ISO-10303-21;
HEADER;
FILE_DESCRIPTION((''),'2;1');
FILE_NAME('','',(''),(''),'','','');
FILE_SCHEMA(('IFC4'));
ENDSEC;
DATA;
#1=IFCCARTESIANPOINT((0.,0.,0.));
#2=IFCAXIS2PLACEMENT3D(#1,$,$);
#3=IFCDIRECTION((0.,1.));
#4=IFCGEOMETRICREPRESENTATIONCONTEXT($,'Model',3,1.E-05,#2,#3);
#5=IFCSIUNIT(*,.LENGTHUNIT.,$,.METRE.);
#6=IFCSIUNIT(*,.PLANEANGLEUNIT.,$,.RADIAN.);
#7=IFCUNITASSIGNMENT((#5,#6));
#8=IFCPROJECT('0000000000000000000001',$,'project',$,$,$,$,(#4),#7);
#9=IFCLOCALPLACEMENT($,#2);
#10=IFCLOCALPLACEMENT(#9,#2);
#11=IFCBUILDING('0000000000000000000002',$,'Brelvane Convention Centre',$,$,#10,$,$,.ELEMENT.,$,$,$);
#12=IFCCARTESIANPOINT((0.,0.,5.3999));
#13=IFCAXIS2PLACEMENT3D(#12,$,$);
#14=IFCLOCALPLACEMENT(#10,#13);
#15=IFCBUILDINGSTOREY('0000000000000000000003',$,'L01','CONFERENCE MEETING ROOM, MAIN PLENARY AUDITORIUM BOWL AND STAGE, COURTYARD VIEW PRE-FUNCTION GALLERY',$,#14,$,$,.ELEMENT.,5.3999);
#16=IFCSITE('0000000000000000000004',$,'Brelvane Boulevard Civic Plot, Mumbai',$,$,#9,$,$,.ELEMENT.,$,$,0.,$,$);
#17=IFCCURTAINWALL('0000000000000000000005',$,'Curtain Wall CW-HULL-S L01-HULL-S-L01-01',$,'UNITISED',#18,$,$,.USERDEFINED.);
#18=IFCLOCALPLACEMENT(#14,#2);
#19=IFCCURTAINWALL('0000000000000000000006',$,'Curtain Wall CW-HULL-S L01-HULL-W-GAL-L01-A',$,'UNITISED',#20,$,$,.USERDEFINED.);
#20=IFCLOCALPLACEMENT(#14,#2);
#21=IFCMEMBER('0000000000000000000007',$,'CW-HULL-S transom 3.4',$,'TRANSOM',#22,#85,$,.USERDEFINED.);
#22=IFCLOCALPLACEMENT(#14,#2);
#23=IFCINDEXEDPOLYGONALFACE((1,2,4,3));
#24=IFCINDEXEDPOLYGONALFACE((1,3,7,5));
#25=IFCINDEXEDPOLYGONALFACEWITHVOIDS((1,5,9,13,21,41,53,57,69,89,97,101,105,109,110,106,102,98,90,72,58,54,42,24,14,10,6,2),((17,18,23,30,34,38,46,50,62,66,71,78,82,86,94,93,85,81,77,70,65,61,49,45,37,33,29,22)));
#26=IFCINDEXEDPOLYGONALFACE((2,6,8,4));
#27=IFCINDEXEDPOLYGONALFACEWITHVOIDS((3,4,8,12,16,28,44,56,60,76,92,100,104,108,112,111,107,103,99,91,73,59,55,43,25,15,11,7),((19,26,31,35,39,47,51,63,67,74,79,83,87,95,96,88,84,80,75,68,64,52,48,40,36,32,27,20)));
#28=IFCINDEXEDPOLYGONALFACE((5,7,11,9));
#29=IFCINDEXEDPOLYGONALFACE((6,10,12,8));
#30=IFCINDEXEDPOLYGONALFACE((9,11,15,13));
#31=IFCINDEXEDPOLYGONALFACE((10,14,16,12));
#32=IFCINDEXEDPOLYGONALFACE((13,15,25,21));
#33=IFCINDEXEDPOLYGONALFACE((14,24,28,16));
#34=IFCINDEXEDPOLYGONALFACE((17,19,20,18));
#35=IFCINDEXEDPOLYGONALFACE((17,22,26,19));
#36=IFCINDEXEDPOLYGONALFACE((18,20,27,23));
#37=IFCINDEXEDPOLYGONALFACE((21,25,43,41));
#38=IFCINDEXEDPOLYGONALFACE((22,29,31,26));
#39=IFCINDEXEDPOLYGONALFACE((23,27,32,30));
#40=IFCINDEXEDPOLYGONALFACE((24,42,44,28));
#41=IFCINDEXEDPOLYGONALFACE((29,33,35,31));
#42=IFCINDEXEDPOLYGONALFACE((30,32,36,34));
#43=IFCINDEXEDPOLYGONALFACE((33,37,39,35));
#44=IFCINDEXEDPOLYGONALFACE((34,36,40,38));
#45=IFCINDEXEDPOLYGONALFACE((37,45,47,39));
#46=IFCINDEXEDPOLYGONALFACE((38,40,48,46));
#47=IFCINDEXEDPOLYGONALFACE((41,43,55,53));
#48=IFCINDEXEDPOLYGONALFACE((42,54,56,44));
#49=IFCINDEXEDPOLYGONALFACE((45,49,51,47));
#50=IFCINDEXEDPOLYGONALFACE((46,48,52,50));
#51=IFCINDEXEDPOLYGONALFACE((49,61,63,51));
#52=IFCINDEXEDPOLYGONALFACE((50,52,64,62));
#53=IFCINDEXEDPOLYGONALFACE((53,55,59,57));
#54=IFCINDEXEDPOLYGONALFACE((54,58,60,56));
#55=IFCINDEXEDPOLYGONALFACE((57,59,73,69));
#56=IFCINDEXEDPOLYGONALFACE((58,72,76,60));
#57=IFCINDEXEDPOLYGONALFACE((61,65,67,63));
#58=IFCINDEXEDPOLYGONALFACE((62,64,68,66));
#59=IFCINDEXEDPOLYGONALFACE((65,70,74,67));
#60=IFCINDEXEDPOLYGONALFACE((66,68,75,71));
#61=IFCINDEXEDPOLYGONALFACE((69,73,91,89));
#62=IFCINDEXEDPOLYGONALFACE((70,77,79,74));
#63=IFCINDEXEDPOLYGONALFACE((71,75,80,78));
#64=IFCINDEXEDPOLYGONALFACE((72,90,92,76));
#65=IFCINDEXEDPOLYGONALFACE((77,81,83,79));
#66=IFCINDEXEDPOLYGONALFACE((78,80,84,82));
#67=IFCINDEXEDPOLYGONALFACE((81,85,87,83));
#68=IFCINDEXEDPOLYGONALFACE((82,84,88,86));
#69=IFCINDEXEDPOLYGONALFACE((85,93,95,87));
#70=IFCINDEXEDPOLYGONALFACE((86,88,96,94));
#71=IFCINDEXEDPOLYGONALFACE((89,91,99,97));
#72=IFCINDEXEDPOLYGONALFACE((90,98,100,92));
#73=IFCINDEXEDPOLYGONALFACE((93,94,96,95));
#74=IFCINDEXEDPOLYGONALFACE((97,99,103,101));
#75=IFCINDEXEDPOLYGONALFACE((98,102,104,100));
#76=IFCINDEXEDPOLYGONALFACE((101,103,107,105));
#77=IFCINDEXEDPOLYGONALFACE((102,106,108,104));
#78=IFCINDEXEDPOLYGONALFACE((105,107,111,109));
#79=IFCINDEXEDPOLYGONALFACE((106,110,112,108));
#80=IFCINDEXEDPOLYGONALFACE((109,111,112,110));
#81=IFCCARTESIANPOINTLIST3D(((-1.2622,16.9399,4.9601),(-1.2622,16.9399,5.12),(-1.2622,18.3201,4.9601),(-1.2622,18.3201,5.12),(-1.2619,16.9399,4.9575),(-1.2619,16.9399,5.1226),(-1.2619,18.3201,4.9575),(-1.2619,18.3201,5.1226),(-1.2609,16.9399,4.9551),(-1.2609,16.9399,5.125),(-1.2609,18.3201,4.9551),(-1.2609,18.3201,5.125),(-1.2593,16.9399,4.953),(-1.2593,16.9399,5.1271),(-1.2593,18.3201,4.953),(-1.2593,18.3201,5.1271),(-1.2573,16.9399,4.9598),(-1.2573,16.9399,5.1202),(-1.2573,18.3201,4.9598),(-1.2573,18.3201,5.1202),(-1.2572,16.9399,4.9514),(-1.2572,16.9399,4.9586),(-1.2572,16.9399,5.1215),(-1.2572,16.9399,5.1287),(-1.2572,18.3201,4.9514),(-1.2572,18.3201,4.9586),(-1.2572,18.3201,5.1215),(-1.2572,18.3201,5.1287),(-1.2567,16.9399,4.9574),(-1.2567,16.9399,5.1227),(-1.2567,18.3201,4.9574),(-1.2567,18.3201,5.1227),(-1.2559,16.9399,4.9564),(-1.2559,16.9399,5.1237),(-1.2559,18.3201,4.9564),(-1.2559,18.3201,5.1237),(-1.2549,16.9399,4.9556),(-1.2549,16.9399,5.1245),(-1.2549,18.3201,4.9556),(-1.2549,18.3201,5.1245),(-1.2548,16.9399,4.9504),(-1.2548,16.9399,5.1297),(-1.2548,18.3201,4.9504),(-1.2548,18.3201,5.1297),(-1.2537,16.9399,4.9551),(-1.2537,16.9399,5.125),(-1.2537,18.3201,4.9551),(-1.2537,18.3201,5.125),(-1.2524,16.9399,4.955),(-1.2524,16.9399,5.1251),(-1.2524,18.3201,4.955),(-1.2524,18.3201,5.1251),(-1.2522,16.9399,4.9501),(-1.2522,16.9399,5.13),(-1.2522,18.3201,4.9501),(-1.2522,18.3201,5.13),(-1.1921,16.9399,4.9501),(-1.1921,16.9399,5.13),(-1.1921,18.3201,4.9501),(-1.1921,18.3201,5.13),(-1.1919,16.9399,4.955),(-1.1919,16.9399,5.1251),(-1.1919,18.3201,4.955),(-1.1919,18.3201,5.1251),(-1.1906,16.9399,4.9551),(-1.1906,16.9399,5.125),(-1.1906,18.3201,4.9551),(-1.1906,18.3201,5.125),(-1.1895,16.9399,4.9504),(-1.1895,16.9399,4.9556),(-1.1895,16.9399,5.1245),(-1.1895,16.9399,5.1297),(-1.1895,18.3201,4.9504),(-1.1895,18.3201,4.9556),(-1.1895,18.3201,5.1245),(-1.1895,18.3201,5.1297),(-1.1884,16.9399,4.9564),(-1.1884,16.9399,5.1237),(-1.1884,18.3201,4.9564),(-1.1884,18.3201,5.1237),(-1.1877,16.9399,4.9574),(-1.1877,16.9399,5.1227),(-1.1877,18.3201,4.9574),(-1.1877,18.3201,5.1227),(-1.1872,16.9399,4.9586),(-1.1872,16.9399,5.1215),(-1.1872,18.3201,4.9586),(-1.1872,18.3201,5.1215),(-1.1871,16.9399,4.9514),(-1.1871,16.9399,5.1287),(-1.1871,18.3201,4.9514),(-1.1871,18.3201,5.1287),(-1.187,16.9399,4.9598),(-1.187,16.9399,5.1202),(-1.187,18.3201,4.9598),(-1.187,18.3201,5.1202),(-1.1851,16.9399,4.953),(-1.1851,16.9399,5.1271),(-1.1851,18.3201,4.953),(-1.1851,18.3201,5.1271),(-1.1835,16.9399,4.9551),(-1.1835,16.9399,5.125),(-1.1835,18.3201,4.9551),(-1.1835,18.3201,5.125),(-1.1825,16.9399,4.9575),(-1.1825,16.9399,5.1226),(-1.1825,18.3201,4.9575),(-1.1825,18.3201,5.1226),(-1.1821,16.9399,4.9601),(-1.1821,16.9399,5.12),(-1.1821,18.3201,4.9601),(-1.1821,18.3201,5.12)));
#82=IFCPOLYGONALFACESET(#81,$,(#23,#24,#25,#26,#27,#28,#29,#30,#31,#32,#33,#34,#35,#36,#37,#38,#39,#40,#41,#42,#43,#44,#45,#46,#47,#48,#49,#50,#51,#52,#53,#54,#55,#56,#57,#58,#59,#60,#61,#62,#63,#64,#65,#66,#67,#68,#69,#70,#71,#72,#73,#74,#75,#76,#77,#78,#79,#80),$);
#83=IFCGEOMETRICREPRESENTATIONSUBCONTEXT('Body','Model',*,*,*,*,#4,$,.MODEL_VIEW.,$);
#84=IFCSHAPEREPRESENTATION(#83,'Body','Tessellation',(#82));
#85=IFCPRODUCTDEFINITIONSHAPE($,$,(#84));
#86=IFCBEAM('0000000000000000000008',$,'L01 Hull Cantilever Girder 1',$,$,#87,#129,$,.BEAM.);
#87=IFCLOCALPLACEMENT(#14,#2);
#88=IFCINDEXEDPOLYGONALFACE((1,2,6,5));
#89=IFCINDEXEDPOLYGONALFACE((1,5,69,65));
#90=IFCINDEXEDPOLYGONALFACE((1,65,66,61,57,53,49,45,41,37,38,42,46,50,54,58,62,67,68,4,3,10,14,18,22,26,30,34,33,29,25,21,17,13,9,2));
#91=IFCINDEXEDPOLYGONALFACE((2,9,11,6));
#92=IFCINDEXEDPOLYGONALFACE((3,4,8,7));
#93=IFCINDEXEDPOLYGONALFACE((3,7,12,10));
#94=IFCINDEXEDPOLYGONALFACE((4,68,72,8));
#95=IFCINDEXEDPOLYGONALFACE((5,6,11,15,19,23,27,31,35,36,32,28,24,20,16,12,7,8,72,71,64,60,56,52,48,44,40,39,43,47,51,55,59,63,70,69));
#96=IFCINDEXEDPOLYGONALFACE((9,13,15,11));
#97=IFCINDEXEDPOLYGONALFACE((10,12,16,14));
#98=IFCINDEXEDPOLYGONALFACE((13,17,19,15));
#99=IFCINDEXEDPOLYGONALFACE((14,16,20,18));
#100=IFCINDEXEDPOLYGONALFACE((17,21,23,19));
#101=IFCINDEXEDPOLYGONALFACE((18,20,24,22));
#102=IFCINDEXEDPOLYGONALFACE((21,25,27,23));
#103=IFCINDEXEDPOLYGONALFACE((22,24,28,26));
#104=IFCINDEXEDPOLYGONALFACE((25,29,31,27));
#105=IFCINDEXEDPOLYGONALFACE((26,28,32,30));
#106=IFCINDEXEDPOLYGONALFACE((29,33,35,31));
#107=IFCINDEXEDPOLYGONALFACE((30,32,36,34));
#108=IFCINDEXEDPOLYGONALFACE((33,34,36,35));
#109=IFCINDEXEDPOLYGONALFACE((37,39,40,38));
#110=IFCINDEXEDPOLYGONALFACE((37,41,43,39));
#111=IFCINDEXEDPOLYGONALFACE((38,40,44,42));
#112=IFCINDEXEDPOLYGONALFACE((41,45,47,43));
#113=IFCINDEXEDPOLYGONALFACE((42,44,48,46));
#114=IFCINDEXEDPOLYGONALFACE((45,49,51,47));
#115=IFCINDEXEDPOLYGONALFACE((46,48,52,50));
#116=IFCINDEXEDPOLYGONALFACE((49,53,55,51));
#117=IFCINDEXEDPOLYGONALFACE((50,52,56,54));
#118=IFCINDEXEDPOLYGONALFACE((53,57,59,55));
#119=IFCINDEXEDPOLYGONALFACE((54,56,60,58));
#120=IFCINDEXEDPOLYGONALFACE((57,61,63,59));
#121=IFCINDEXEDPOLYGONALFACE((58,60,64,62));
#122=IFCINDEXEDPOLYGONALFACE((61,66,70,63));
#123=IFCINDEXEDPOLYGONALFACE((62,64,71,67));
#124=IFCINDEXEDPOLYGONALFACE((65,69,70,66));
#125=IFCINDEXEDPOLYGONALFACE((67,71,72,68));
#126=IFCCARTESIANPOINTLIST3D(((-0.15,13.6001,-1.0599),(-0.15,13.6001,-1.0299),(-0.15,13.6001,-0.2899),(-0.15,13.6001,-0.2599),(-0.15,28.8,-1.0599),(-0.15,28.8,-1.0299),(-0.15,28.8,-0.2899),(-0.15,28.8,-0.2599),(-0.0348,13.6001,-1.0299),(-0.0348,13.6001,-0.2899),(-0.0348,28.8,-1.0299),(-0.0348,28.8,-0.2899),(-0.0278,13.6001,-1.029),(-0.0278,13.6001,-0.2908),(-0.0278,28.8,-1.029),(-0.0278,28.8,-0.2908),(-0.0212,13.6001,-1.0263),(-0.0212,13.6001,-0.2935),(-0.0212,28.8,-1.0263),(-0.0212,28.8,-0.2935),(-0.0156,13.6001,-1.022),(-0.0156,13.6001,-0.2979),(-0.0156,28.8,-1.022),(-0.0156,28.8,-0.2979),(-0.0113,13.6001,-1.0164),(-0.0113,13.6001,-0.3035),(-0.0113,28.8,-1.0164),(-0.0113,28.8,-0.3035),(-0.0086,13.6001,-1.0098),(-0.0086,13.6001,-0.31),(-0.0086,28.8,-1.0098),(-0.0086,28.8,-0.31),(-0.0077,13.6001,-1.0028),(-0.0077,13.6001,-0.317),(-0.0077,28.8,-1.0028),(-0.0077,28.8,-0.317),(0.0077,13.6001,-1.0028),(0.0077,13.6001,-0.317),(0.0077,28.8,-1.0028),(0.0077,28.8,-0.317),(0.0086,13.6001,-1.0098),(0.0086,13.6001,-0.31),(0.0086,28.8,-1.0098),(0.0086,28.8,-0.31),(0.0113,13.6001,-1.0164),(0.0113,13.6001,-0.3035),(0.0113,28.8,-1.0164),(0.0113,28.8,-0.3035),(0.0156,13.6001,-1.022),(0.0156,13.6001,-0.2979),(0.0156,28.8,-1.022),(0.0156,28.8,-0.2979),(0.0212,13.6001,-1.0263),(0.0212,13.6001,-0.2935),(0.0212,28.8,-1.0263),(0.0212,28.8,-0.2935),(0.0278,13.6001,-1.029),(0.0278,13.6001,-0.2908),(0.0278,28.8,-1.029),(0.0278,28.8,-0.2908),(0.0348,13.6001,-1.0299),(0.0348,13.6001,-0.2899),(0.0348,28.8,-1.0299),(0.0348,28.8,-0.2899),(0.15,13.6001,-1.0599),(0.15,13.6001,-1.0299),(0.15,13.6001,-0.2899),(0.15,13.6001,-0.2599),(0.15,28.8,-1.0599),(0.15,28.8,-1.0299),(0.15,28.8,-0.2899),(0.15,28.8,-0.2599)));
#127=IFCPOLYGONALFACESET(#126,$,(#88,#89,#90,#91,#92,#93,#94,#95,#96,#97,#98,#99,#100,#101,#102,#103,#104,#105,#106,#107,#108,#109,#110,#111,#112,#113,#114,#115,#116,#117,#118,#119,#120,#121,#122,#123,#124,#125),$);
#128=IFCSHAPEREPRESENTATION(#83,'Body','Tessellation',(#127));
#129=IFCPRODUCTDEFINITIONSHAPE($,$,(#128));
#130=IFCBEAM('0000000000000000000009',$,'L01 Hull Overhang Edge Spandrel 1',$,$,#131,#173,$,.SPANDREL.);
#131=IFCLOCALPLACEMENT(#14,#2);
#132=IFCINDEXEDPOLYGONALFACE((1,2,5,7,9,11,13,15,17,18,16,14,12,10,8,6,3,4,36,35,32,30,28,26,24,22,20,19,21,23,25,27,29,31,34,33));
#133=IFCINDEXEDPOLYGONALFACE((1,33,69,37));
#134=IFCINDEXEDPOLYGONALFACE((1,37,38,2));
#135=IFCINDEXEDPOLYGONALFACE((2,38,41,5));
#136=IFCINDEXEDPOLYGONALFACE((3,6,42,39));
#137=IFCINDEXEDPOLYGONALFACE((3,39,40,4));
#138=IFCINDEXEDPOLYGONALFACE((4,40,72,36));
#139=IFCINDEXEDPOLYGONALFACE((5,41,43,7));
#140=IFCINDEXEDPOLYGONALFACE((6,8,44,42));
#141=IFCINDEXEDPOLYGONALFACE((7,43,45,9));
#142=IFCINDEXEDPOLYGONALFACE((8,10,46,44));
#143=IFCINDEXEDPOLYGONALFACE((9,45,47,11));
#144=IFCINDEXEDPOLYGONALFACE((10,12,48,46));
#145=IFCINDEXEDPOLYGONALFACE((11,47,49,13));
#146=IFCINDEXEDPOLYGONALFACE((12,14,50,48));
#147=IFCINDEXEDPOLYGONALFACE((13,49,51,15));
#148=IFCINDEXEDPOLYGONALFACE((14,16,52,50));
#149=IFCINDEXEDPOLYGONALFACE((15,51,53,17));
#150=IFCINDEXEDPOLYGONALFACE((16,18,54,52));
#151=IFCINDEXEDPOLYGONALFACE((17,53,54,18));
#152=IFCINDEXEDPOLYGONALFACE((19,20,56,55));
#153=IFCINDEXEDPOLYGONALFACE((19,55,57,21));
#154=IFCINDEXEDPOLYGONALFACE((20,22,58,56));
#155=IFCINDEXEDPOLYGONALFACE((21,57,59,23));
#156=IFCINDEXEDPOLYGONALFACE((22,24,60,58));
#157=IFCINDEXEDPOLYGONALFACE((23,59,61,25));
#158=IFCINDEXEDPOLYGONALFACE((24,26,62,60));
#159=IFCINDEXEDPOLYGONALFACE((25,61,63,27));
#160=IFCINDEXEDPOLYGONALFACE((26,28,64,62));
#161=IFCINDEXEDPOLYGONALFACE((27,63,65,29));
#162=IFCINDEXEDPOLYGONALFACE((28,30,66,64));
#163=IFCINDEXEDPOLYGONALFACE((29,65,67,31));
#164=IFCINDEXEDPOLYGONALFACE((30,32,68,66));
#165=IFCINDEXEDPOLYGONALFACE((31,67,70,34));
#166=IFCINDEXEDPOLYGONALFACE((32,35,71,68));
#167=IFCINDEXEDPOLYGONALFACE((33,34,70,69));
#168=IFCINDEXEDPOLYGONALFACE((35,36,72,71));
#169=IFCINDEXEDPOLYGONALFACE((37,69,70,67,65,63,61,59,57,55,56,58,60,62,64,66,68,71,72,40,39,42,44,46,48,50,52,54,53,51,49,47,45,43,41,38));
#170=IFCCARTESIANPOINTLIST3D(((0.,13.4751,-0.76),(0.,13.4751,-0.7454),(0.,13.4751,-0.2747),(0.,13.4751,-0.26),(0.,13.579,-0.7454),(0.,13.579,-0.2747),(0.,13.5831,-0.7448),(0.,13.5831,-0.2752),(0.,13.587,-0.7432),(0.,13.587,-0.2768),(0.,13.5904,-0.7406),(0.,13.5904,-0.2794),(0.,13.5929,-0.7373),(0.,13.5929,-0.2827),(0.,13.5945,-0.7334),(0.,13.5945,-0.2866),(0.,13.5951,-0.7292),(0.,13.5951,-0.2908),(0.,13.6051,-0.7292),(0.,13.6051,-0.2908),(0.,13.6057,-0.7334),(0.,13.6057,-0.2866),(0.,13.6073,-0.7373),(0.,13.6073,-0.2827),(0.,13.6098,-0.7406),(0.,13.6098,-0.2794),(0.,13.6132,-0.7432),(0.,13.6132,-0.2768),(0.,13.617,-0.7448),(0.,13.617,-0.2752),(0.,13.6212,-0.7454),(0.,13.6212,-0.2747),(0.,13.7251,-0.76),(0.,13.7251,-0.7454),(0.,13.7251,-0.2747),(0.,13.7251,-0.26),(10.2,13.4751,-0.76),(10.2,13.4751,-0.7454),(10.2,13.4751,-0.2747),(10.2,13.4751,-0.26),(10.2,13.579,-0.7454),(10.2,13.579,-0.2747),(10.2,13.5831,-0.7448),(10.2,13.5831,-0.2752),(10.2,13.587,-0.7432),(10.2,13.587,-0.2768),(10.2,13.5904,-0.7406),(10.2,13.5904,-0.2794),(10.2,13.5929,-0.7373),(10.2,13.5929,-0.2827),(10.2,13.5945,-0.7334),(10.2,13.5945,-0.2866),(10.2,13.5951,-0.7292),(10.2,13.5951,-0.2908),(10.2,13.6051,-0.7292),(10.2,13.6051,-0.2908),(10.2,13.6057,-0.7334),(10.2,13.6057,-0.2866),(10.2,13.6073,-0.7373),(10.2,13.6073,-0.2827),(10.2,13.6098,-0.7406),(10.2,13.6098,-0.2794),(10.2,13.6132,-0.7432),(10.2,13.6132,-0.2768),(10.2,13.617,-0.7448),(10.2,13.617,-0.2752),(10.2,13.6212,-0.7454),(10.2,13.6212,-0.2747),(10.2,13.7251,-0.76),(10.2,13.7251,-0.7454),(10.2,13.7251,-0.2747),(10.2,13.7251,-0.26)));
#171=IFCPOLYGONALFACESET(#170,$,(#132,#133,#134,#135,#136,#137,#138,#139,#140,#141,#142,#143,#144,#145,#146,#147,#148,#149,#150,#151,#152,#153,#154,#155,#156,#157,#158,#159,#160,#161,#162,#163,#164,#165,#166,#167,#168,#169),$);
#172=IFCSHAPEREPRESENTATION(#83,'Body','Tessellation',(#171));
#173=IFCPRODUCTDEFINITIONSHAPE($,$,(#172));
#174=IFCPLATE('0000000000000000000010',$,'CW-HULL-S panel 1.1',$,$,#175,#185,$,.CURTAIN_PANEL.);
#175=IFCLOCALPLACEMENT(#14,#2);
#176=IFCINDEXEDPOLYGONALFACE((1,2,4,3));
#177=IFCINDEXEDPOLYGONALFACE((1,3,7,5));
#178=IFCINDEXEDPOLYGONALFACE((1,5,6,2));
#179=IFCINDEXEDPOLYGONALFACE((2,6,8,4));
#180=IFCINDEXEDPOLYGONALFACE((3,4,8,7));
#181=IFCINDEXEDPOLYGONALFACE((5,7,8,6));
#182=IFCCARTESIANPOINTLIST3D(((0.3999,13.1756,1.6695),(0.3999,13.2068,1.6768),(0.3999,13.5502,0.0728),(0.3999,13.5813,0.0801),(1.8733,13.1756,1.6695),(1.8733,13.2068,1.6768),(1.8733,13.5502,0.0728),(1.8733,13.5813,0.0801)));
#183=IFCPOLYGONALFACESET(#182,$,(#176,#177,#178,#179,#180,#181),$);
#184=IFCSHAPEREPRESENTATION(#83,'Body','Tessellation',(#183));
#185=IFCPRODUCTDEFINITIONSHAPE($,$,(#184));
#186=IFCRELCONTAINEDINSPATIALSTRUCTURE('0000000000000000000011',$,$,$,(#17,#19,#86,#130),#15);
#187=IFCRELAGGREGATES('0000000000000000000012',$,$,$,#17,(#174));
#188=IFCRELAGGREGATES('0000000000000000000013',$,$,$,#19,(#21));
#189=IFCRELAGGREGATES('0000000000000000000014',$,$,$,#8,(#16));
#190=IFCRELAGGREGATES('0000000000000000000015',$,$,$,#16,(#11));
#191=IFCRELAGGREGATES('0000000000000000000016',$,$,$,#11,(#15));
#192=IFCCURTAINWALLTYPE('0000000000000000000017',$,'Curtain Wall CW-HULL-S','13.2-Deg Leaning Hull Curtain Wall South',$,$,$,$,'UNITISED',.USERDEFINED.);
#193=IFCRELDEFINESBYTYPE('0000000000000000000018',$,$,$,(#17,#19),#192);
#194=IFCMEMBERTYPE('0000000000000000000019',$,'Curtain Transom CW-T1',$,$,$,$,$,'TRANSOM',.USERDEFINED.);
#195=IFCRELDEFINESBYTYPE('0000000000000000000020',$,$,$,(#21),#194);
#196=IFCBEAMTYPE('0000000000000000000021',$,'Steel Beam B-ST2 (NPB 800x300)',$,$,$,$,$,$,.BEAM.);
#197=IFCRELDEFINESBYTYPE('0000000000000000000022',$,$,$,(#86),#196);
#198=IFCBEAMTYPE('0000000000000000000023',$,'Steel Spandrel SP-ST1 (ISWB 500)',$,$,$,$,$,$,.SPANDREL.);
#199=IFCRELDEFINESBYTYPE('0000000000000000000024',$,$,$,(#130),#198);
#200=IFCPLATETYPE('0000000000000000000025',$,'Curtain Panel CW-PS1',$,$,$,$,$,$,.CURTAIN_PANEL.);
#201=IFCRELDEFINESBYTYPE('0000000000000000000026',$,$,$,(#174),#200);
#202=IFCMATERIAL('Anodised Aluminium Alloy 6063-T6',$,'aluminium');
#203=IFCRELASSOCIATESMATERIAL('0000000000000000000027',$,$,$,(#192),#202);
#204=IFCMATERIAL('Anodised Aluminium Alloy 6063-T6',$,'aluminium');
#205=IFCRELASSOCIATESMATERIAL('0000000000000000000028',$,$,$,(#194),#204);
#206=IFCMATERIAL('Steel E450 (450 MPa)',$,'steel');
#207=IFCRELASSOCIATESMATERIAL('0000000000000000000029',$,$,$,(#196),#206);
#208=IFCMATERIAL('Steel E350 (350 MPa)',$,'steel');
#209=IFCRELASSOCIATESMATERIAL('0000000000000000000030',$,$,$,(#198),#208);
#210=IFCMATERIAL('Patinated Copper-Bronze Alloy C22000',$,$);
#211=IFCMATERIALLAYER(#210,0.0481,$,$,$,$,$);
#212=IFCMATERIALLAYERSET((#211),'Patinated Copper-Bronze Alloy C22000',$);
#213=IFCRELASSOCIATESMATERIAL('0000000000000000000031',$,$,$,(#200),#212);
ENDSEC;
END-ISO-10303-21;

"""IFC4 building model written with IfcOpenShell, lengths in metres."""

from ifc_helpers import new_model, si_unit, direction, frame, origin, origin_2d, place, context, subcontext, project, spatial, polyline, hollow_rectangle, i_section, outline, extrude, material, layer, layer_set, material_profile, profile_set, type_object, element, aggregate, save


model = new_model("IFC4")

# Units and contexts
model_context = context("Model", 3, precision=1e-05, world=origin(), true_north=direction((0.0, 1.0)))
body_context = subcontext(model_context, "Body", "Model", "MODEL_VIEW")
ifc_project = project(units=[si_unit("LENGTHUNIT", "METRE"), si_unit("PLANEANGLEUNIT", "RADIAN")], contexts=[model_context])

# Site, building, storey
site_placement = place(None, origin())
site = spatial("IfcSite", under=ifc_project, at=site_placement, Name="Brelvane Boulevard Civic Plot, Mumbai", CompositionType="ELEMENT", RefElevation=0.0)
building_placement = place(site_placement, origin())
building = spatial("IfcBuilding", under=site, at=building_placement, Name="Brelvane Convention Centre", CompositionType="ELEMENT")
storey_placement = place(building_placement, frame((0.0, 0.0, 5.3999)))
storey = spatial("IfcBuildingStorey", under=building, at=storey_placement, Name="L01", Description="CONFERENCE MEETING ROOM, MAIN PLENARY AUDITORIUM BOWL AND STAGE, COURTYARD VIEW PRE-FUNCTION GALLERY", CompositionType="ELEMENT", Elevation=5.3999)

# Curtain walls
ifc_material_1 = material(Name="Anodised Aluminium Alloy 6063-T6", Category="aluminium")
curtain_wall_type = type_object("IfcCurtainWallType", Name="Curtain Wall CW-HULL-S", Description="13.2-Deg Leaning Hull Curtain Wall South", ElementType="UNITISED", PredefinedType="USERDEFINED", material=ifc_material_1)
curtain_wall_1_placement = place(storey_placement, origin())
curtain_wall_1 = element("IfcCurtainWall", 1, at=curtain_wall_1_placement, inside=storey, type_object=curtain_wall_type, Name="Curtain Wall CW-HULL-S L01-HULL-S-L01-01", ObjectType="UNITISED", PredefinedType="USERDEFINED")
curtain_wall_2_placement = place(storey_placement, origin())
curtain_wall_2 = element("IfcCurtainWall", 2, at=curtain_wall_2_placement, inside=storey, type_object=curtain_wall_type, Name="Curtain Wall CW-HULL-S L01-HULL-W-GAL-L01-A", ObjectType="UNITISED", PredefinedType="USERDEFINED")

# Member
ifc_material_2 = material(Name="Anodised Aluminium Alloy 6063-T6", Category="aluminium")
ifc_material_profile_1 = material_profile(ifc_material_2, hollow_rectangle(XDim=0.0801, YDim=0.1799, WallThickness=0.0049, InnerFilletRadius=0.0049, OuterFilletRadius=0.01, at=origin_2d()), Name="ALU-T 180x80x5.0")
ifc_profile_set_1 = profile_set([ifc_material_profile_1], Name="Anodised Aluminium Alloy 6063-T6")
member_type_1 = type_object("IfcMemberType", Name="Curtain Transom CW-T1", ElementType="TRANSOM", PredefinedType="USERDEFINED", material=ifc_profile_set_1)
member_1_placement = place(storey_placement, frame((-1.2222, 16.9399, 5.04), z_axis=(0.0, 1.0, 0.0), x_axis=(-1.0, 0.0, 0.0)))
member_1 = element("IfcMember", 3, at=member_1_placement, type_object=member_type_1, Name="CW-HULL-S transom 3.4", ObjectType="TRANSOM", PredefinedType="USERDEFINED", context=body_context, shape_type="SweptSolid", body=[
    extrude(hollow_rectangle(XDim=0.0801, YDim=0.1799, WallThickness=0.0049, InnerFilletRadius=0.0049, OuterFilletRadius=0.01, at=origin_2d()), origin(), (0.0, 0.0, 1.0), 1.3801),
])

# Beams
ifc_material_3 = material(Name="Steel E450 (450 MPa)", Category="steel")
ifc_material_profile_2 = material_profile(ifc_material_3, i_section(OverallWidth=0.3, OverallDepth=0.8, WebThickness=0.0154, FlangeThickness=0.03, FilletRadius=0.0271, at=origin_2d()), Name="NPB 800x300")
ifc_profile_set_2 = profile_set([ifc_material_profile_2], Name="Steel E450 (450 MPa)")
beam_type_1 = type_object("IfcBeamType", Name="Steel Beam B-ST2 (NPB 800x300)", PredefinedType="BEAM", material=ifc_profile_set_2)
beam_1_placement = place(storey_placement, frame((0.0, 13.6001, -0.6599), z_axis=(0.0, 1.0, 0.0), x_axis=(-1.0, 0.0, 0.0)))
element("IfcBeam", 4, at=beam_1_placement, inside=storey, type_object=beam_type_1, Name="L01 Hull Cantilever Girder 1", PredefinedType="BEAM", context=body_context, shape_type="SweptSolid", body=[
    extrude(i_section(OverallWidth=0.3, OverallDepth=0.8, WebThickness=0.0154, FlangeThickness=0.03, FilletRadius=0.0271, at=origin_2d()), origin(), (0.0, 0.0, 1.0), 15.2),
])
ifc_material_4 = material(Name="Steel E350 (350 MPa)", Category="steel")
ifc_material_profile_3 = material_profile(ifc_material_4, i_section(OverallWidth=0.25, OverallDepth=0.5, WebThickness=0.01, FlangeThickness=0.0146, FilletRadius=0.0161, at=origin_2d()), Name="ISWB 500")
ifc_profile_set_3 = profile_set([ifc_material_profile_3], Name="Steel E350 (350 MPa)")
beam_type_2 = type_object("IfcBeamType", Name="Steel Spandrel SP-ST1 (ISWB 500)", PredefinedType="SPANDREL", material=ifc_profile_set_3)
beam_2_placement = place(storey_placement, frame((0.0, 13.6001, -0.51), z_axis=(1.0, 0.0, 0.0), x_axis=(0.0, 1.0, 0.0)))
element("IfcBeam", 5, at=beam_2_placement, inside=storey, type_object=beam_type_2, Name="L01 Hull Overhang Edge Spandrel 1", PredefinedType="SPANDREL", context=body_context, shape_type="SweptSolid", body=[
    extrude(i_section(OverallWidth=0.25, OverallDepth=0.5, WebThickness=0.01, FlangeThickness=0.0146, FilletRadius=0.0161, at=origin_2d()), origin(), (0.0, 0.0, 1.0), 10.2),
])

# Plate
ifc_material_5 = material(Name="Patinated Copper-Bronze Alloy C22000")
ifc_layer_1 = layer(ifc_material_5, 0.0481)
ifc_layer_set_1 = layer_set([ifc_layer_1], Name="Patinated Copper-Bronze Alloy C22000")
plate_type_1 = type_object("IfcPlateType", Name="Curtain Panel CW-PS1", PredefinedType="CURTAIN_PANEL", material=ifc_layer_set_1)
plate_1_placement = place(storey_placement, frame((0.3999, 13.5813, 0.0801), z_axis=(0.0, 0.973577, 0.228359), x_axis=(1.0, 0.0, 0.0)))
plate_1 = element("IfcPlate", 6, at=plate_1_placement, type_object=plate_type_1, Name="CW-HULL-S panel 1.1", PredefinedType="CURTAIN_PANEL", context=body_context, shape_type="SweptSolid", body=[
    extrude(outline(polyline([(0.0, 0.0), (1.4734, 0.0), (1.4734, -1.64), (0.0, -1.64), (0.0, 0.0)])), origin(), (0.0, 0.0, -1.0), 0.032),
])
aggregate(curtain_wall_1, [plate_1])
aggregate(curtain_wall_2, [member_1])

save(model, "model.ifc")
